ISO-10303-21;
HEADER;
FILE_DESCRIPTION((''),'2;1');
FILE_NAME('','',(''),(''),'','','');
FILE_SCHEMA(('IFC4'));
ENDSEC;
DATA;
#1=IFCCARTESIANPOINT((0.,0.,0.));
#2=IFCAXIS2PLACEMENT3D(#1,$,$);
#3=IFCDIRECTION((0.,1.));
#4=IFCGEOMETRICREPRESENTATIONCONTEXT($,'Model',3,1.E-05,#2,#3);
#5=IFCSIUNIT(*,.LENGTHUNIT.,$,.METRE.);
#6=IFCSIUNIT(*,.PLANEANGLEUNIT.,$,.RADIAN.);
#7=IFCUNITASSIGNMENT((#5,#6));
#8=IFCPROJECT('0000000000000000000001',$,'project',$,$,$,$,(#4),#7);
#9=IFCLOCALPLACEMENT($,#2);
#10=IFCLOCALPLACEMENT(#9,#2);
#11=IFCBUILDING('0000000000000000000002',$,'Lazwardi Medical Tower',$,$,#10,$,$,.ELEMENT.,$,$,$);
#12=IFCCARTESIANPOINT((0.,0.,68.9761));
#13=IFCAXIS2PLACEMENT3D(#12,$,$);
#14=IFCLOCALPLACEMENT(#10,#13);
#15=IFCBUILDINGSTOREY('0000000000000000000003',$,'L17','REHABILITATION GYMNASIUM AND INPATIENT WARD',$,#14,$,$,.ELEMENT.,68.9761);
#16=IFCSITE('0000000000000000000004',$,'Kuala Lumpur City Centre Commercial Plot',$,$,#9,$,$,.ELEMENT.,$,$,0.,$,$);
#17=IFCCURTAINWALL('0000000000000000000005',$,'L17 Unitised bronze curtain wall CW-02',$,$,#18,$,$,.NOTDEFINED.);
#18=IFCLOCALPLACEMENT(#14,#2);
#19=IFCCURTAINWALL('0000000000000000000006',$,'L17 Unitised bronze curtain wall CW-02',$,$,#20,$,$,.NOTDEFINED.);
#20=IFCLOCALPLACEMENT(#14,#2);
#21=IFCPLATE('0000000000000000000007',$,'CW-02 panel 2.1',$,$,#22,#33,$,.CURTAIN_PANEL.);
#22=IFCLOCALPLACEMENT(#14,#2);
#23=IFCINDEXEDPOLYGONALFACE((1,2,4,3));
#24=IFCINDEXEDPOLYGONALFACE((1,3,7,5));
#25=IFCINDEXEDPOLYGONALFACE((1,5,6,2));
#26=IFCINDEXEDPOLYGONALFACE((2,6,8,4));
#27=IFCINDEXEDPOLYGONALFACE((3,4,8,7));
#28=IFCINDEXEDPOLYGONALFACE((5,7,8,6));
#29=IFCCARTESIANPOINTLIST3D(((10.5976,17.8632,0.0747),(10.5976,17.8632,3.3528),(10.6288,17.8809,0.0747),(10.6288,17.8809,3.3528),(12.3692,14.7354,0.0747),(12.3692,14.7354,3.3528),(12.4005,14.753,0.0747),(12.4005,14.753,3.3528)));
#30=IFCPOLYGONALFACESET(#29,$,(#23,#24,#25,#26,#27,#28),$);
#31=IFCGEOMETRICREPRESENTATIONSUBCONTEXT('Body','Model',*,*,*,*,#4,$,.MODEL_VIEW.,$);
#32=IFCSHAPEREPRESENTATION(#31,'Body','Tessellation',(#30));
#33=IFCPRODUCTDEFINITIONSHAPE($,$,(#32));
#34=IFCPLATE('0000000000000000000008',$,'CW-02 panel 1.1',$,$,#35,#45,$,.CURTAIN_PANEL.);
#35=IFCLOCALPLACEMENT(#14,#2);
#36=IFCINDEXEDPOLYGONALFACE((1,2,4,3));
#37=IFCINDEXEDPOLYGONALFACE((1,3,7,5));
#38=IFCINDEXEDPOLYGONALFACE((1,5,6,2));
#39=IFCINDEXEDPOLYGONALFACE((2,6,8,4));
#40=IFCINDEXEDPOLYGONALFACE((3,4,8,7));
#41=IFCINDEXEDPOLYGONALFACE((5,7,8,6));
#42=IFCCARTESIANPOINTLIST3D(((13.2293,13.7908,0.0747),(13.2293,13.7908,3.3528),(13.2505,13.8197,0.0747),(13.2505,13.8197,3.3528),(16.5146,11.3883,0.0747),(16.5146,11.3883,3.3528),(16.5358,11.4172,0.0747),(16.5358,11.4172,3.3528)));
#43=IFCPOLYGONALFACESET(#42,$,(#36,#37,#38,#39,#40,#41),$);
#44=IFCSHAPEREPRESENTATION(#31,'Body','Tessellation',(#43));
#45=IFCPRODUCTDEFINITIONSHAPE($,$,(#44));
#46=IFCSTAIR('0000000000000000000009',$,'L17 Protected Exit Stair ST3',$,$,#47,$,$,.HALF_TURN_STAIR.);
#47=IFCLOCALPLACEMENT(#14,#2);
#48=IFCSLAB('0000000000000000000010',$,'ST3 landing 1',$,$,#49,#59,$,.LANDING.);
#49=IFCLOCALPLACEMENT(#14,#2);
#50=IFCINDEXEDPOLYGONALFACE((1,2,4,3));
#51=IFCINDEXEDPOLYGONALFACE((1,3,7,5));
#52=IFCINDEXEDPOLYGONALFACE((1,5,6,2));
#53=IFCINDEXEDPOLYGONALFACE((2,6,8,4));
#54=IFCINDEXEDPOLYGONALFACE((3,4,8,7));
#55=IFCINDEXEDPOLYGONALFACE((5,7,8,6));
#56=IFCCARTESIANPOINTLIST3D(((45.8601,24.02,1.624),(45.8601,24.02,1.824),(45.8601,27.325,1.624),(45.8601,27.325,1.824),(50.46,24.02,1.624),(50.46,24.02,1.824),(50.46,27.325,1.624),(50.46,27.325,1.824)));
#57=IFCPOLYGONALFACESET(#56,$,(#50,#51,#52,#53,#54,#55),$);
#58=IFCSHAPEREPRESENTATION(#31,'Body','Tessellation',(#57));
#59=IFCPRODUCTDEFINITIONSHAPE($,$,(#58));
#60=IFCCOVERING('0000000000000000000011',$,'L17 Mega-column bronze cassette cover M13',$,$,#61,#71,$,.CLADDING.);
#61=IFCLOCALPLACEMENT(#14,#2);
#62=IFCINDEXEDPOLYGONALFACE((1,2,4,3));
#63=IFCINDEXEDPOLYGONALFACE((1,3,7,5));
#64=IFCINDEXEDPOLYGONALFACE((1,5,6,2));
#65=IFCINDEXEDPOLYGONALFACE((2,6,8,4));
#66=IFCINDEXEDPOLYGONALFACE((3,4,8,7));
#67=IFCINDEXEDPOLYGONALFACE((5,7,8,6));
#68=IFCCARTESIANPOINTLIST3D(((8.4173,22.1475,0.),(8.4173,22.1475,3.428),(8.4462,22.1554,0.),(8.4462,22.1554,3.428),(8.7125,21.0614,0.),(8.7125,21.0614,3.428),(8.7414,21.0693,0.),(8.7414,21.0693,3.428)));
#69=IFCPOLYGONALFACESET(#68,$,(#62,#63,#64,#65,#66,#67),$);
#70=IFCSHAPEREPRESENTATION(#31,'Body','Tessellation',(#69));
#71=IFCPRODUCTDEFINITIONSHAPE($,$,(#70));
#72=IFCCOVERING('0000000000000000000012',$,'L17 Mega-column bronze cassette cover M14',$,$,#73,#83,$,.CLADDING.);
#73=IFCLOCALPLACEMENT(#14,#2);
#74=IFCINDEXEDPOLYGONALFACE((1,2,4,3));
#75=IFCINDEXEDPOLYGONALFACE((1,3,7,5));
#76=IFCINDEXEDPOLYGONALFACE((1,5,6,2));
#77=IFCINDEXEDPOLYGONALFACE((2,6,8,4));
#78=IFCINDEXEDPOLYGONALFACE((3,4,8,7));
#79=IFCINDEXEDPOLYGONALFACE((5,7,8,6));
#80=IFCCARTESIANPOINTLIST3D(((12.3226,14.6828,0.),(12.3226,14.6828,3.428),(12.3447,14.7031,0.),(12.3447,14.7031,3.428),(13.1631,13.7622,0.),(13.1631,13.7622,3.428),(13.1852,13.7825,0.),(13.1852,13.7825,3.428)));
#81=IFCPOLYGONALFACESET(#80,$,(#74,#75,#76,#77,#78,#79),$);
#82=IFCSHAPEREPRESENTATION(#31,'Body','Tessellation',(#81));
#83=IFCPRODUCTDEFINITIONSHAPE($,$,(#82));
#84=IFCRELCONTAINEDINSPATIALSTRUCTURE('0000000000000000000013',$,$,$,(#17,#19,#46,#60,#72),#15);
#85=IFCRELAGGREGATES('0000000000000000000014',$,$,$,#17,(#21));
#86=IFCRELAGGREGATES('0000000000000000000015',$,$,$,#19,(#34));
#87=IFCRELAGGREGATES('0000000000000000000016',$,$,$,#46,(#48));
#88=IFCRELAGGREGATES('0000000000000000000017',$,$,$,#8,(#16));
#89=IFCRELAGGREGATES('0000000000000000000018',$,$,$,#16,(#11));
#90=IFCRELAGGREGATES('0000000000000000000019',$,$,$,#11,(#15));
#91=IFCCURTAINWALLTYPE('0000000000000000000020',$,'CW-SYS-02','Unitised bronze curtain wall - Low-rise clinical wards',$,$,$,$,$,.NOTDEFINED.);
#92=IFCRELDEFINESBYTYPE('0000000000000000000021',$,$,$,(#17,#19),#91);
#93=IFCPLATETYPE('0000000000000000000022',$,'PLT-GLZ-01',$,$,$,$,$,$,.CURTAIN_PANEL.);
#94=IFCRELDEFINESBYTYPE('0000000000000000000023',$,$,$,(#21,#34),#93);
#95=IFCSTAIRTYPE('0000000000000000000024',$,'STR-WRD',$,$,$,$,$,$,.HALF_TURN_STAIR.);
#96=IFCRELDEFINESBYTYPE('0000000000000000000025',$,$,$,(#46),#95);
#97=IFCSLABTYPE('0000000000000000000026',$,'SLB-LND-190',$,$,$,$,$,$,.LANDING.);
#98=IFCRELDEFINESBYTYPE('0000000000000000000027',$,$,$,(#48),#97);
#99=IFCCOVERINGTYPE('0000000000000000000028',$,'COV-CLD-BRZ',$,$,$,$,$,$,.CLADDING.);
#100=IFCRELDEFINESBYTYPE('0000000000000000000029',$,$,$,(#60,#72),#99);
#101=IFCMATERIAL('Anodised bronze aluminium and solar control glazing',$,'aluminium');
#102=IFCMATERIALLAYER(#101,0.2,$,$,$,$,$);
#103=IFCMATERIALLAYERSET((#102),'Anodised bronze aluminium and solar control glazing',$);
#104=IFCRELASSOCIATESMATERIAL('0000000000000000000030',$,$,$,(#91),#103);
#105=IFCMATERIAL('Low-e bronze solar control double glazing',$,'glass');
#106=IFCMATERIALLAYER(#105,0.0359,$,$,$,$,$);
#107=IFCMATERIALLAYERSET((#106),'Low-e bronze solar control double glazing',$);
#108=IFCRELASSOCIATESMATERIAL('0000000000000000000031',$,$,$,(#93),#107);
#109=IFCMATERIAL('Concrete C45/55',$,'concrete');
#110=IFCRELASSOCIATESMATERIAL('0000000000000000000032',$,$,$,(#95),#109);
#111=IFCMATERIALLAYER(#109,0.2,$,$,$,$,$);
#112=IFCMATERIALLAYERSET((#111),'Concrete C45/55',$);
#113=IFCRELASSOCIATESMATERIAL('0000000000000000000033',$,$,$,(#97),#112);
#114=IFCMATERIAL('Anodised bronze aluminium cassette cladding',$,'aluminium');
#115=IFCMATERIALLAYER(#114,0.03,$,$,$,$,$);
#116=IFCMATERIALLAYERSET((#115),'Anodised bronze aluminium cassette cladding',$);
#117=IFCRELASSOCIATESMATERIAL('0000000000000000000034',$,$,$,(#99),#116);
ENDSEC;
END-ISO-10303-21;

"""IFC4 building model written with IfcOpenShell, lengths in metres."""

from ifc_helpers import new_model, si_unit, direction, frame, origin, origin_2d, place, context, subcontext, project, spatial, polyline, rectangle, outline, extrude, material, layer, layer_set, type_object, element, aggregate, save


model = new_model("IFC4")

# Units and contexts
model_context = context("Model", 3, precision=1e-05, world=origin(), true_north=direction((0.0, 1.0)))
body_context = subcontext(model_context, "Body", "Model", "MODEL_VIEW")
ifc_project = project(units=[si_unit("LENGTHUNIT", "METRE"), si_unit("PLANEANGLEUNIT", "RADIAN")], contexts=[model_context])

# Site, building, storey
site_placement = place(None, origin())
site = spatial("IfcSite", under=ifc_project, at=site_placement, Name="Kuala Lumpur City Centre Commercial Plot", CompositionType="ELEMENT", RefElevation=0.0)
building_placement = place(site_placement, origin())
building = spatial("IfcBuilding", under=site, at=building_placement, Name="Lazwardi Medical Tower", CompositionType="ELEMENT")
storey_placement = place(building_placement, frame((0.0, 0.0, 68.9761)))
storey = spatial("IfcBuildingStorey", under=building, at=storey_placement, Name="L17", Description="REHABILITATION GYMNASIUM AND INPATIENT WARD", CompositionType="ELEMENT", Elevation=68.9761)

# Curtain wall
ifc_material_1 = material(Name="Anodised bronze aluminium and solar control glazing", Category="aluminium")
ifc_layer_1 = layer(ifc_material_1, 0.2)
ifc_layer_set_1 = layer_set([ifc_layer_1], Name="Anodised bronze aluminium and solar control glazing")
curtain_wall_type = type_object("IfcCurtainWallType", Name="CW-SYS-02", Description="Unitised bronze curtain wall - Low-rise clinical wards", PredefinedType="NOTDEFINED", material=ifc_layer_set_1)
curtain_wall_1_placement = place(storey_placement, origin())
curtain_wall_1 = element("IfcCurtainWall", 1, at=curtain_wall_1_placement, inside=storey, type_object=curtain_wall_type, Name="L17 Unitised bronze curtain wall CW-02", PredefinedType="NOTDEFINED")

# Curtain wall
curtain_wall_2_placement = place(storey_placement, origin())
curtain_wall_2 = element("IfcCurtainWall", 2, at=curtain_wall_2_placement, inside=storey, type_object=curtain_wall_type, Name="L17 Unitised bronze curtain wall CW-02", PredefinedType="NOTDEFINED")

# Plates
ifc_material_2 = material(Name="Low-e bronze solar control double glazing", Category="glass")
ifc_layer_2 = layer(ifc_material_2, 0.0359)
ifc_layer_set_2 = layer_set([ifc_layer_2], Name="Low-e bronze solar control double glazing")
plate_type = type_object("IfcPlateType", Name="PLT-GLZ-01", PredefinedType="CURTAIN_PANEL", material=ifc_layer_set_2)
plate_1_placement = place(storey_placement, frame((11.499, 16.3081, 0.0747), z_axis=(0.0, 0.0, 1.0), x_axis=(0.492854, -0.870112, 0.0)))
plate_1 = element("IfcPlate", 3, at=plate_1_placement, type_object=plate_type, Name="CW-02 panel 2.1", PredefinedType="CURTAIN_PANEL", context=body_context, shape_type="SweptSolid", body=[
    extrude(rectangle(XDim=3.5947, YDim=0.0359, at=origin_2d()), origin(), (0.0, 0.0, 1.0), 3.2781),
])
aggregate(curtain_wall_1, [plate_1])
plate_2_placement = place(storey_placement, frame((14.8826, 12.604, 0.0747), z_axis=(0.0, 0.0, 1.0), x_axis=(0.807192, -0.590289, 0.0)))
plate_2 = element("IfcPlate", 4, at=plate_2_placement, type_object=plate_type, Name="CW-02 panel 1.1", PredefinedType="CURTAIN_PANEL", context=body_context, shape_type="SweptSolid", body=[
    extrude(rectangle(XDim=4.0701, YDim=0.0359, at=origin_2d()), origin(), (0.0, 0.0, 1.0), 3.2781),
])
aggregate(curtain_wall_2, [plate_2])

# Stair, slab
ifc_material_3 = material(Name="Concrete C45/55", Category="concrete")
stair_type = type_object("IfcStairType", Name="STR-WRD", PredefinedType="HALF_TURN_STAIR", material=ifc_material_3)
stair_placement = place(storey_placement, origin())
stair = element("IfcStair", 5, at=stair_placement, inside=storey, type_object=stair_type, Name="L17 Protected Exit Stair ST3", PredefinedType="HALF_TURN_STAIR")
ifc_layer_3 = layer(ifc_material_3, 0.2)
ifc_layer_set_3 = layer_set([ifc_layer_3], Name="Concrete C45/55")
slab_type = type_object("IfcSlabType", Name="SLB-LND-190", PredefinedType="LANDING", material=ifc_layer_set_3)
slab_placement = place(storey_placement, frame((0.0, 0.0, 1.624)))
slab = element("IfcSlab", 6, at=slab_placement, type_object=slab_type, Name="ST3 landing 1", PredefinedType="LANDING", context=body_context, shape_type="SweptSolid", body=[
    extrude(outline(polyline([(45.8601, 27.325), (45.8601, 24.02), (50.46, 24.02), (50.46, 27.325), (45.8601, 27.325)])), origin(), (0.0, 0.0, 1.0), 0.2),
])
aggregate(stair, [slab])

# Coverings
ifc_material_4 = material(Name="Anodised bronze aluminium cassette cladding", Category="aluminium")
ifc_layer_4 = layer(ifc_material_4, 0.03)
ifc_layer_set_4 = layer_set([ifc_layer_4], Name="Anodised bronze aluminium cassette cladding")
covering_type = type_object("IfcCoveringType", Name="COV-CLD-BRZ", PredefinedType="CLADDING", material=ifc_layer_set_4)
covering_1_placement = place(storey_placement, frame((8.5793, 21.6084, 0.0), z_axis=(0.0, 0.0, 1.0), x_axis=(0.262283, -0.964991, 0.0)))
element("IfcCovering", 7, at=covering_1_placement, inside=storey, type_object=covering_type, Name="L17 Mega-column bronze cassette cover M13", PredefinedType="CLADDING", context=body_context, shape_type="SweptSolid", body=[
    extrude(rectangle(XDim=1.1255, YDim=0.03, at=origin_2d()), origin(), (0.0, 0.0, 1.0), 3.428),
])
covering_2_placement = place(storey_placement, frame((12.7539, 14.2327, 0.0), z_axis=(0.0, 0.0, 1.0), x_axis=(0.674252, -0.738501, 0.0)))
element("IfcCovering", 8, at=covering_2_placement, inside=storey, type_object=covering_type, Name="L17 Mega-column bronze cassette cover M14", PredefinedType="CLADDING", context=body_context, shape_type="SweptSolid", body=[
    extrude(rectangle(XDim=1.2466, YDim=0.03, at=origin_2d()), origin(), (0.0, 0.0, 1.0), 3.428),
])

save(model, "model.ifc")
